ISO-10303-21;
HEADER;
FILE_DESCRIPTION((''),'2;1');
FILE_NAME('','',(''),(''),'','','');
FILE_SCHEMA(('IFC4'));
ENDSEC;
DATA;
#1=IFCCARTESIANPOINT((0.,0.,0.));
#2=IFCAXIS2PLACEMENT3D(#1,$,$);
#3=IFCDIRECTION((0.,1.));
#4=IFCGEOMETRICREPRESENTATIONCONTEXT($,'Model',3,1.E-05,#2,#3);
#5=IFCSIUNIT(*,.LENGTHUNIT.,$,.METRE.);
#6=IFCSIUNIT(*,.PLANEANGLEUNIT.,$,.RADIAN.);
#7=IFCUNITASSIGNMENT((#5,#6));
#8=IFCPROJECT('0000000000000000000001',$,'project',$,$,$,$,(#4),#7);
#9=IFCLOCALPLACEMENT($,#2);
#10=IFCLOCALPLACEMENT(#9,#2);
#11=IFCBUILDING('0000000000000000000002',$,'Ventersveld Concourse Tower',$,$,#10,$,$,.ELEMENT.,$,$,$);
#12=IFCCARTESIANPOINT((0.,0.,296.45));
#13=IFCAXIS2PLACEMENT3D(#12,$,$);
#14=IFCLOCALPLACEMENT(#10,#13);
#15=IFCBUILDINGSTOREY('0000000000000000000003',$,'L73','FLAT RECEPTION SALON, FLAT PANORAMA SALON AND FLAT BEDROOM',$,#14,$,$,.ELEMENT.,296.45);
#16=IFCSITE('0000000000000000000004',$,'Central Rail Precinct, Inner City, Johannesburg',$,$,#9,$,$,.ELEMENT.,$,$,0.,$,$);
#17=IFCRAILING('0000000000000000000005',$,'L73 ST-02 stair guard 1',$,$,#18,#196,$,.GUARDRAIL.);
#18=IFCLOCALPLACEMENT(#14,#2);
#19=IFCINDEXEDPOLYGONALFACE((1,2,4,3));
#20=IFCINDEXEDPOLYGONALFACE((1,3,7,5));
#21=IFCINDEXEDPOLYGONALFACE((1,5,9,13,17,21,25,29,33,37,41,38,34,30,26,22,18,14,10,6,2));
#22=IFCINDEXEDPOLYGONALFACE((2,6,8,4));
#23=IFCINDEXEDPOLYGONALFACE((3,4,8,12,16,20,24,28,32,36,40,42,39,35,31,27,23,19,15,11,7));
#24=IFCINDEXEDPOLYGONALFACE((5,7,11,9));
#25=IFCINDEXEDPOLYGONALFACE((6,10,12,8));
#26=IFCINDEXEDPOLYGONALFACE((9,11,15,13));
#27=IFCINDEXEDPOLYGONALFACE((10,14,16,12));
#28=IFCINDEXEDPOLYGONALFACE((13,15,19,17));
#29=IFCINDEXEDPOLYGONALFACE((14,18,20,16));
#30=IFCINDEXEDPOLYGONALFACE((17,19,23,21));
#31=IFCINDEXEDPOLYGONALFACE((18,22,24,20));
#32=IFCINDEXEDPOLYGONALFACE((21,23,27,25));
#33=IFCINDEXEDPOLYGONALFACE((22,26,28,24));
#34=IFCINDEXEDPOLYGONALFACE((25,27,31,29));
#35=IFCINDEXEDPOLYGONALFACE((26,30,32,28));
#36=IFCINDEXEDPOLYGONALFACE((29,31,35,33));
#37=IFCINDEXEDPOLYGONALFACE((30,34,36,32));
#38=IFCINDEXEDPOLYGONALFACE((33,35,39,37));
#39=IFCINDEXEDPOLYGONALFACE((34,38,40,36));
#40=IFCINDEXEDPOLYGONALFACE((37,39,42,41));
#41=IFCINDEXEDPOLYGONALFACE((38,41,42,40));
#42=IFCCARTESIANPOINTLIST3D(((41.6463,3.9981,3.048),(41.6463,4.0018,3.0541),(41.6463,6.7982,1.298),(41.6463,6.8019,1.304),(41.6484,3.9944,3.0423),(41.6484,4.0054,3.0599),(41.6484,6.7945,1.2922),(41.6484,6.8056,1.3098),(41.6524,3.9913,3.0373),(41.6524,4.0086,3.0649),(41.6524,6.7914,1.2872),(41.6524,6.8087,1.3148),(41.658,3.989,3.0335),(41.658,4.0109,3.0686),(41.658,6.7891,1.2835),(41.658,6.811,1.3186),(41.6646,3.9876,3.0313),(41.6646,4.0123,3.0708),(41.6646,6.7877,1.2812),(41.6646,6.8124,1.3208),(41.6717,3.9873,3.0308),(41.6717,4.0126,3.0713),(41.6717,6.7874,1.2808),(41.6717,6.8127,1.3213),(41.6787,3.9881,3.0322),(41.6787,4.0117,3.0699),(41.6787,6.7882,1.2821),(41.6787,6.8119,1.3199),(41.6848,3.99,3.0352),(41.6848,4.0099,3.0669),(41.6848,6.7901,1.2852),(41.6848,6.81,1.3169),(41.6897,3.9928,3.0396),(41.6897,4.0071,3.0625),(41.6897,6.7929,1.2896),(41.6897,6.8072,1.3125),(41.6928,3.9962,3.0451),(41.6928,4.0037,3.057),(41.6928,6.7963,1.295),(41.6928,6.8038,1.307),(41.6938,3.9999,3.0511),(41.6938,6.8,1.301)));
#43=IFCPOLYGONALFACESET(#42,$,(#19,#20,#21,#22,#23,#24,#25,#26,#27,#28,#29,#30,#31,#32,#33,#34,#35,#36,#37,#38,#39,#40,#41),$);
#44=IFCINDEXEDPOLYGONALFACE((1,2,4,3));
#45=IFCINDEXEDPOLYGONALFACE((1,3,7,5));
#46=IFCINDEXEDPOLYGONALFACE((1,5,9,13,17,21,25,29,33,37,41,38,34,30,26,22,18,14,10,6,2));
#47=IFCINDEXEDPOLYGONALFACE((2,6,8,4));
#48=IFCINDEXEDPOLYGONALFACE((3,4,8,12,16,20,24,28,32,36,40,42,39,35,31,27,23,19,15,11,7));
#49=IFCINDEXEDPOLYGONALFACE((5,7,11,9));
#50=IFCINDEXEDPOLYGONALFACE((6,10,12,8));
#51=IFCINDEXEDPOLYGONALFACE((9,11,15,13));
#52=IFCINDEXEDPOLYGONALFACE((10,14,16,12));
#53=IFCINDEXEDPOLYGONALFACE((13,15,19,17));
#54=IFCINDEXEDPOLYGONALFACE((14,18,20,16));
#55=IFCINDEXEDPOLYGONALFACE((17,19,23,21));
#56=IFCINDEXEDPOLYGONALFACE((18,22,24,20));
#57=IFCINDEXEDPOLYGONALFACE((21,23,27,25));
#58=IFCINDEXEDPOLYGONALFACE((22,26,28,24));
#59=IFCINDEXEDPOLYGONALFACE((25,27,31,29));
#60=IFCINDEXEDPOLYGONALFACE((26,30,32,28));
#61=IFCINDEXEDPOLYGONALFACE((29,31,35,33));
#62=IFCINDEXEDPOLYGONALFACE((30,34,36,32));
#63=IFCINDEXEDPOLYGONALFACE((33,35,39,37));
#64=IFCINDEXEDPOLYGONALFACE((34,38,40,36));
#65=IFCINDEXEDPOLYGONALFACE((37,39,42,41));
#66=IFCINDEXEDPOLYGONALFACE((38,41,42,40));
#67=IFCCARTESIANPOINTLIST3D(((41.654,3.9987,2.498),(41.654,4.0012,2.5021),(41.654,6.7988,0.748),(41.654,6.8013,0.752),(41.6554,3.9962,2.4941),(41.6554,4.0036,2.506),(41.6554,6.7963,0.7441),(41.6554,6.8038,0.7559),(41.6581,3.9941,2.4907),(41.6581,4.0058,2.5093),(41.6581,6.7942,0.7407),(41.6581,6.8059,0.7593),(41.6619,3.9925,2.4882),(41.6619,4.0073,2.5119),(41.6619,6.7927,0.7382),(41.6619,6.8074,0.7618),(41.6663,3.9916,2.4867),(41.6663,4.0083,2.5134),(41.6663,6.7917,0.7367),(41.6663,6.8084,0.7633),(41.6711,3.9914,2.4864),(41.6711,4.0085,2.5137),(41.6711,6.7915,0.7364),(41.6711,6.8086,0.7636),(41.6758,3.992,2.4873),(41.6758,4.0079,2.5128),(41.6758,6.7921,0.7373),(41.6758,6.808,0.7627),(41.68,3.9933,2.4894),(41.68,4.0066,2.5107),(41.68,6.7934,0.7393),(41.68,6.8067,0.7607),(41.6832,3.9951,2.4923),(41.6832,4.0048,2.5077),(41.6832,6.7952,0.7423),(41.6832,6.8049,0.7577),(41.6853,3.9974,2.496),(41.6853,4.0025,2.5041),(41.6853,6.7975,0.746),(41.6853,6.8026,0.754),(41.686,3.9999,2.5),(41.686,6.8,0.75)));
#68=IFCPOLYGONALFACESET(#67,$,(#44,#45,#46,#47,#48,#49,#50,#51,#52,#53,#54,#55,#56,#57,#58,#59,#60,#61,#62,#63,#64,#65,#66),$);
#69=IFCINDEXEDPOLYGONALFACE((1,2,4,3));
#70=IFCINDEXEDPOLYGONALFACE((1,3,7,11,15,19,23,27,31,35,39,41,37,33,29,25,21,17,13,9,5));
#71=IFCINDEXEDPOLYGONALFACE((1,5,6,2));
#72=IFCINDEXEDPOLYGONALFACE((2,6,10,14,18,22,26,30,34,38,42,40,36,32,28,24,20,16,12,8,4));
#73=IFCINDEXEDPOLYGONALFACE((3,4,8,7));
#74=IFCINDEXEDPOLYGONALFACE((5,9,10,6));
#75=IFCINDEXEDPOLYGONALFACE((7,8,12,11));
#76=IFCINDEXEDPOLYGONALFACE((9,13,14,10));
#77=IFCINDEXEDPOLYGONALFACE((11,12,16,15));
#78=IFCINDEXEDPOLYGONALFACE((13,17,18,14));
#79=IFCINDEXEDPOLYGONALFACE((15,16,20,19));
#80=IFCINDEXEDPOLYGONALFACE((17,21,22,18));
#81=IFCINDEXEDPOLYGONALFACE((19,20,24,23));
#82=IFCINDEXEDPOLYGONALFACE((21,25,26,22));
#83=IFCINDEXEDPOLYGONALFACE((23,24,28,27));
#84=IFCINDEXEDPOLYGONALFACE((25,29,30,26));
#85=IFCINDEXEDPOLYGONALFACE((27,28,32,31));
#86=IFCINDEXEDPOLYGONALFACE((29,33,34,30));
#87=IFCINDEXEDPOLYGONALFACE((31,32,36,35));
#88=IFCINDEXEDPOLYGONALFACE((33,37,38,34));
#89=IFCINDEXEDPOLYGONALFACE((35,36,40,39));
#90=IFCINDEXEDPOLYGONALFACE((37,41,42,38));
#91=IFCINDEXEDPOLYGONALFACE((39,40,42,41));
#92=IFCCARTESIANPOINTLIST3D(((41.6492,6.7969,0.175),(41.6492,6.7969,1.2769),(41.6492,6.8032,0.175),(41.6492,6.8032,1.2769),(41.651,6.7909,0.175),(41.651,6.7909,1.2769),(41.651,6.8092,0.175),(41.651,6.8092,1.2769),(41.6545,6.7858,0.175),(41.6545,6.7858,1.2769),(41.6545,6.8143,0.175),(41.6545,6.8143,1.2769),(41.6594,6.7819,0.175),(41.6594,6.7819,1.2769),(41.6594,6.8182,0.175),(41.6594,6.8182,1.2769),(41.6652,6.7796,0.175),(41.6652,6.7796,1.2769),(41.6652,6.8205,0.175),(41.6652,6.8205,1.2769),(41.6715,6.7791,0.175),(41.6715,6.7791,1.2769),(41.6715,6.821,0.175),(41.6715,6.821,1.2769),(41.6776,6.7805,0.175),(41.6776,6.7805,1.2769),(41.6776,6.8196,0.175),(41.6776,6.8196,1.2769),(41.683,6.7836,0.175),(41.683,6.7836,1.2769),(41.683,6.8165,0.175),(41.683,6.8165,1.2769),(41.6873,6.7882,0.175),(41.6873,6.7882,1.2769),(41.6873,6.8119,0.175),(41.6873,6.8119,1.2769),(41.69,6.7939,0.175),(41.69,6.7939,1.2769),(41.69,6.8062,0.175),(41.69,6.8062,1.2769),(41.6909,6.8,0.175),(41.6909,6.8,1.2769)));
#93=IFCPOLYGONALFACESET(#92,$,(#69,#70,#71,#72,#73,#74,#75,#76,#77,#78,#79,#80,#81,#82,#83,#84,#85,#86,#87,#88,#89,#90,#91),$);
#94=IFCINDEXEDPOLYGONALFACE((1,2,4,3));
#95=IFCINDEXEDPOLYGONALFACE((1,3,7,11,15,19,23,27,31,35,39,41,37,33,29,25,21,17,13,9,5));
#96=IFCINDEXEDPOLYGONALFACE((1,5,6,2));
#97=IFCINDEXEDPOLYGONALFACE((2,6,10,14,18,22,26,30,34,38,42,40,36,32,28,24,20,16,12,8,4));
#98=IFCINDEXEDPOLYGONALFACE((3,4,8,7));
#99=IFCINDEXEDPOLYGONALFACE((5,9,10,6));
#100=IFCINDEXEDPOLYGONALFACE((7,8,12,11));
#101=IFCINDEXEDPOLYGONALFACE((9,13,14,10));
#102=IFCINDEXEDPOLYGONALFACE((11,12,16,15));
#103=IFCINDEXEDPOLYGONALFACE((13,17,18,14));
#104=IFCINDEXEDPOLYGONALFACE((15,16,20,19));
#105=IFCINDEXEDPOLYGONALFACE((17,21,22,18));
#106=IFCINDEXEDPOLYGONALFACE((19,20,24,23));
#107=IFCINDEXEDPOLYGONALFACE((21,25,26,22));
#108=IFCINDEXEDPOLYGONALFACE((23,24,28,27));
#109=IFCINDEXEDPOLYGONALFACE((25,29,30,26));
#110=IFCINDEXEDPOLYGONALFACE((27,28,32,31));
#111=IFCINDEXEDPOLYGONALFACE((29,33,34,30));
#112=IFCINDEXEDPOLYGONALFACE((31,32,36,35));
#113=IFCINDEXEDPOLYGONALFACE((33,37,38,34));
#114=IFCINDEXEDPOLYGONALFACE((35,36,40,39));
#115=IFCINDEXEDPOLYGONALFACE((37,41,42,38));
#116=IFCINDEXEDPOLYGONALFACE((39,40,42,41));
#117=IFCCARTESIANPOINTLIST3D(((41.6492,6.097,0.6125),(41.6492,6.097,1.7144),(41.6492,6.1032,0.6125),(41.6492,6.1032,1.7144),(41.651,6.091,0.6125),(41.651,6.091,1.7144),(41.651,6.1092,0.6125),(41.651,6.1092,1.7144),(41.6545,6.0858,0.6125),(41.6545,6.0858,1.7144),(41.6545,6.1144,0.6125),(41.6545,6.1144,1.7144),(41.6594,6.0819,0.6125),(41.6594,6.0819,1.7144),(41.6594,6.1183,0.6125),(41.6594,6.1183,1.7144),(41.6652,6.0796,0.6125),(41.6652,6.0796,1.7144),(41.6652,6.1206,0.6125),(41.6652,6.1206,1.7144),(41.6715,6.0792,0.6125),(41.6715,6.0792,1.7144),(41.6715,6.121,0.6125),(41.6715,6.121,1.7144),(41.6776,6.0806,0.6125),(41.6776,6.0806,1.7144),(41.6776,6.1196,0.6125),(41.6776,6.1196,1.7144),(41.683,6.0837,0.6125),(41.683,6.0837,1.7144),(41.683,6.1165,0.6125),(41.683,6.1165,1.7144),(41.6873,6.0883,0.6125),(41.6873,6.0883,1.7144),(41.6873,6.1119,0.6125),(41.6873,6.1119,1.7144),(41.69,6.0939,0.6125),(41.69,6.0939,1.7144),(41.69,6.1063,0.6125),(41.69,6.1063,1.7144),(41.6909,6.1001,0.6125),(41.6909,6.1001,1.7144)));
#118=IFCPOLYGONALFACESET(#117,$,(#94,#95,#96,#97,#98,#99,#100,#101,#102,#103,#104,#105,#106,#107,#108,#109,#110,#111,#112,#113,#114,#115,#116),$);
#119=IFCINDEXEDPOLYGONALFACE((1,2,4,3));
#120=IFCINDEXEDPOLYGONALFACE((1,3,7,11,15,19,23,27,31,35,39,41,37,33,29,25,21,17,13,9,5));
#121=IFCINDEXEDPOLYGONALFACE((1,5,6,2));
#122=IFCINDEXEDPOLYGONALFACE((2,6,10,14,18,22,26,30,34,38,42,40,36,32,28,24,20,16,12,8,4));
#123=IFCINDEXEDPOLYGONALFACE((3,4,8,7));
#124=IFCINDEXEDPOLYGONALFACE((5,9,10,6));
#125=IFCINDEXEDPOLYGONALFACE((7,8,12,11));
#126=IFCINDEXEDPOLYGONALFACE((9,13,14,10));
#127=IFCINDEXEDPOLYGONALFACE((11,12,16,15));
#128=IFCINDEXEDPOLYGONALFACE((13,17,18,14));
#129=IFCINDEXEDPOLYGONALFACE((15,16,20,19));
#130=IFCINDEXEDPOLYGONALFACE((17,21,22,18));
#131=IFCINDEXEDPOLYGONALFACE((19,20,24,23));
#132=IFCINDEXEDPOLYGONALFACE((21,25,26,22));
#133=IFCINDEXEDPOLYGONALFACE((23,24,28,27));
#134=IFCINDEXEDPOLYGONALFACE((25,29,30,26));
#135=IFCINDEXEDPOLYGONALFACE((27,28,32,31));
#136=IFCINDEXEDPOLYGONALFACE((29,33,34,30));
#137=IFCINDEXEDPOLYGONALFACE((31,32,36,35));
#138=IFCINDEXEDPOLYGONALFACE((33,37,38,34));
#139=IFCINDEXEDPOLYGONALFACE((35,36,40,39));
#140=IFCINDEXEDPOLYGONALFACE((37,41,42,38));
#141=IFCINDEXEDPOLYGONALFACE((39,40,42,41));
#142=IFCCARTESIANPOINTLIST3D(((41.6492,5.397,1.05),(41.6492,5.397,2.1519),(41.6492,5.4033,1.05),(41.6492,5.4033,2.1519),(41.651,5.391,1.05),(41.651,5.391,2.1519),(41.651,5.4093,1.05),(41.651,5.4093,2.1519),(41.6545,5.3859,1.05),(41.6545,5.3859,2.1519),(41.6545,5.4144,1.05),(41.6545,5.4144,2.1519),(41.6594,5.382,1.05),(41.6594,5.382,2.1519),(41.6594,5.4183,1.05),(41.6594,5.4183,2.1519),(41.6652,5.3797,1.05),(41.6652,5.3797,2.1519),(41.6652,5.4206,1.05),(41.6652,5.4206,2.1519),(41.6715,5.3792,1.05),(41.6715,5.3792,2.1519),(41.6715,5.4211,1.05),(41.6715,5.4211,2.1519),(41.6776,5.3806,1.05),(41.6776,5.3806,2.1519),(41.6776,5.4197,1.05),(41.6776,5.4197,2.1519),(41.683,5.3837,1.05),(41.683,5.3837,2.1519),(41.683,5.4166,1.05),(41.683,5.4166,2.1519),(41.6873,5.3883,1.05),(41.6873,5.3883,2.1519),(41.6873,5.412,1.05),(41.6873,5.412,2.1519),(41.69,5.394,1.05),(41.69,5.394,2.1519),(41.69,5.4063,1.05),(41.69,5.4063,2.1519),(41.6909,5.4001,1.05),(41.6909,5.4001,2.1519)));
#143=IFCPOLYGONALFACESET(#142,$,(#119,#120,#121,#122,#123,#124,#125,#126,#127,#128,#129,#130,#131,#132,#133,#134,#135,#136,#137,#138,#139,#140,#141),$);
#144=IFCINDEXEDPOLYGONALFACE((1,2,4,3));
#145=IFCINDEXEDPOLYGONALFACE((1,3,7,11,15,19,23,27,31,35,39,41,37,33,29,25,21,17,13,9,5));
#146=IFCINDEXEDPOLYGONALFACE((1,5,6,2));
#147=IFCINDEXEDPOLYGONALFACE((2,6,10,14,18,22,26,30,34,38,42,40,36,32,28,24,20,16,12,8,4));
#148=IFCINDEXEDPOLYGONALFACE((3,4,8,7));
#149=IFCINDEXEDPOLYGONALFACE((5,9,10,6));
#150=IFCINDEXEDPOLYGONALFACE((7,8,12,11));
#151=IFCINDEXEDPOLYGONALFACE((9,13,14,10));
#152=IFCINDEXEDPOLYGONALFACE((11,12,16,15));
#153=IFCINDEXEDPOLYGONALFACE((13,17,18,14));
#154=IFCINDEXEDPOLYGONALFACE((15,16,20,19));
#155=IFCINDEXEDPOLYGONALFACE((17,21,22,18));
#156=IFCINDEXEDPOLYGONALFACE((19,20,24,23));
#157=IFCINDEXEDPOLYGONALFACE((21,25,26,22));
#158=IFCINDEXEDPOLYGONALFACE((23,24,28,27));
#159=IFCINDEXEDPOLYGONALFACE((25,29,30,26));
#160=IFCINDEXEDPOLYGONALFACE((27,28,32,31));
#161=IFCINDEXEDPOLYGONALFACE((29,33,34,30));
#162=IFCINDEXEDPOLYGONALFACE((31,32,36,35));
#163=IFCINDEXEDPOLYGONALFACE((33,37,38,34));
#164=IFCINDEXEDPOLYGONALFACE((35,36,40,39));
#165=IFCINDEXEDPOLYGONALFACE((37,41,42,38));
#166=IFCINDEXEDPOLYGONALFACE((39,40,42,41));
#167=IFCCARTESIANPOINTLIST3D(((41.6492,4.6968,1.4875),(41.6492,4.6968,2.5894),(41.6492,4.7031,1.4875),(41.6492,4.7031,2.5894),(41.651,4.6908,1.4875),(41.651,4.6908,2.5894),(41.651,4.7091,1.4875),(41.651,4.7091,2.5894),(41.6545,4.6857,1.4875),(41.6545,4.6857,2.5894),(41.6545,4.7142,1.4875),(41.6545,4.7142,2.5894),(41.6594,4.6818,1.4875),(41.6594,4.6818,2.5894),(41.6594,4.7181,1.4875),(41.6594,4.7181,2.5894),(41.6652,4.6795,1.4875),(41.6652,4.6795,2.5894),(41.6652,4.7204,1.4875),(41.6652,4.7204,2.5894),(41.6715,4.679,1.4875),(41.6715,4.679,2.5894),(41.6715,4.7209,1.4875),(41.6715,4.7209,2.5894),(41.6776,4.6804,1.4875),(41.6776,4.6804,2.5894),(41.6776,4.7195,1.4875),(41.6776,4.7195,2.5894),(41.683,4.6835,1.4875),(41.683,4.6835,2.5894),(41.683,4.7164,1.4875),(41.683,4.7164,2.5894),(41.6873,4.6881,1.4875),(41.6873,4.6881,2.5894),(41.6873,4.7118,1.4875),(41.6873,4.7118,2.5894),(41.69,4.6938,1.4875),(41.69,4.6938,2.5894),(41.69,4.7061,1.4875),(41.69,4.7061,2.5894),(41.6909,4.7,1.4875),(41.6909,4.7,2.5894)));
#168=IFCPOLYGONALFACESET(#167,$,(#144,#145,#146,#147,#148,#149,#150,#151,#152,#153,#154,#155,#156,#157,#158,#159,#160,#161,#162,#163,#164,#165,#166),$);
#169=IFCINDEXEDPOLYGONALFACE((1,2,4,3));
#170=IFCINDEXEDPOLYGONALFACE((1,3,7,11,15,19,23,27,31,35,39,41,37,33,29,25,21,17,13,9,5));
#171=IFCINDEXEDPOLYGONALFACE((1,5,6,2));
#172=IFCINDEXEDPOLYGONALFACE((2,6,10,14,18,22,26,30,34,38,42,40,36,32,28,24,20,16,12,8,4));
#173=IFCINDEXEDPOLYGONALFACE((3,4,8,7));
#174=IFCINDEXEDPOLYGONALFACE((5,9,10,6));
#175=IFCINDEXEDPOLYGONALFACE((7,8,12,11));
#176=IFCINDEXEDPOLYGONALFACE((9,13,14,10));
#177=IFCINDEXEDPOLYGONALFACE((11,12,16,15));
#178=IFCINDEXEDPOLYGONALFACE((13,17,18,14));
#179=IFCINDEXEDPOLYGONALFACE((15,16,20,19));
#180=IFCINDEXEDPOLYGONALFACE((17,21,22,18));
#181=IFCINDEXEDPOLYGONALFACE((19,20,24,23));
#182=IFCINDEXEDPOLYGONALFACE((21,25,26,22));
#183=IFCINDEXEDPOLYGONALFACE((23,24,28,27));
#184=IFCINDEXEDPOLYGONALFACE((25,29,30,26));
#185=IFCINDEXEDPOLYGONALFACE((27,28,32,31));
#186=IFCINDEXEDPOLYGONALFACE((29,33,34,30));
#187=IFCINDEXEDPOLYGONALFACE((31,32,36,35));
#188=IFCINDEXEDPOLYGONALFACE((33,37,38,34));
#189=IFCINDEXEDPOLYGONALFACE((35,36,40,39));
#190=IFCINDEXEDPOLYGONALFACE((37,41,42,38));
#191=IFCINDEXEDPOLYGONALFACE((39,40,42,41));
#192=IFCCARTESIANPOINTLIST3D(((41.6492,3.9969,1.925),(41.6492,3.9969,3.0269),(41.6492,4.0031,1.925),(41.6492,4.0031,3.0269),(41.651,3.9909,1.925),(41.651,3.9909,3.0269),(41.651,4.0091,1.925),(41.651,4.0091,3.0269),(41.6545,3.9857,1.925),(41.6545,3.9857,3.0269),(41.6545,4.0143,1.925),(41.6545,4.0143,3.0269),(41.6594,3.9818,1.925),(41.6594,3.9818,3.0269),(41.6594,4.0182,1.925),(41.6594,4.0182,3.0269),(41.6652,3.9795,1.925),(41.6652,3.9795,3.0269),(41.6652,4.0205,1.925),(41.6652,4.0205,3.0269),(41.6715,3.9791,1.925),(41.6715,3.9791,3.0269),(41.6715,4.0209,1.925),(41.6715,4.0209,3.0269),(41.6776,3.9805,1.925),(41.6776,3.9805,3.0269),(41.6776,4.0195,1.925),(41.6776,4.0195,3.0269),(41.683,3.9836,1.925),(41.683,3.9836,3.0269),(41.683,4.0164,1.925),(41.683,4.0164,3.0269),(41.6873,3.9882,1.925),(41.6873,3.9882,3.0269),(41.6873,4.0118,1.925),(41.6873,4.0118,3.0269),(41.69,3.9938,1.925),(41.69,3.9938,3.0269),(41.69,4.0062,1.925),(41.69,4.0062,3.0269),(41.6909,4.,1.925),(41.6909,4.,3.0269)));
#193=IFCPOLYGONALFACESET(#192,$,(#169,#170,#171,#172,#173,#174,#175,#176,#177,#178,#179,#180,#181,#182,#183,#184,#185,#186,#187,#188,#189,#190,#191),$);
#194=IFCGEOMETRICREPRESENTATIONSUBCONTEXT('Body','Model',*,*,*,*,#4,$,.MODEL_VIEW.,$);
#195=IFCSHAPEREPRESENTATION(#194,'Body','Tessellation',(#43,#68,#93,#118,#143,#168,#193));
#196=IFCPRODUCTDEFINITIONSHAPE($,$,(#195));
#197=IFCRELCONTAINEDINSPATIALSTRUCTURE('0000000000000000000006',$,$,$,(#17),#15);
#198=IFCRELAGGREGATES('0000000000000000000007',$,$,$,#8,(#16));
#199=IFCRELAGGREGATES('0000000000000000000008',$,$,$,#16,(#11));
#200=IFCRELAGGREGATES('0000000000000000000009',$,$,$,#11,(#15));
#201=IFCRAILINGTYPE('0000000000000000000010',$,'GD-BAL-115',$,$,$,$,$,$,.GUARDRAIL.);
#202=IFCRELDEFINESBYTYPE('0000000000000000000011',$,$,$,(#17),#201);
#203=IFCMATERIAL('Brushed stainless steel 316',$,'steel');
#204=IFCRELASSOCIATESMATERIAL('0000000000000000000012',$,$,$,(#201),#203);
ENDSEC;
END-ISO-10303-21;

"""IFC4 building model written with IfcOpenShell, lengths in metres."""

from ifc_helpers import new_model, si_unit, direction, frame, origin, origin_2d, place, context, subcontext, project, spatial, circle, extrude, material, type_object, element, save


model = new_model("IFC4")

# Units and contexts
model_context = context("Model", 3, precision=1e-05, world=origin(), true_north=direction((0.0, 1.0)))
body_context = subcontext(model_context, "Body", "Model", "MODEL_VIEW")
ifc_project = project(units=[si_unit("LENGTHUNIT", "METRE"), si_unit("PLANEANGLEUNIT", "RADIAN")], contexts=[model_context])

# Site, building, storey
site_placement = place(None, origin())
site = spatial("IfcSite", under=ifc_project, at=site_placement, Name="Central Rail Precinct, Inner City, Johannesburg", CompositionType="ELEMENT", RefElevation=0.0)
building_placement = place(site_placement, origin())
building = spatial("IfcBuilding", under=site, at=building_placement, Name="Ventersveld Concourse Tower", CompositionType="ELEMENT")
storey_placement = place(building_placement, frame((0.0, 0.0, 296.45)))
storey = spatial("IfcBuildingStorey", under=building, at=storey_placement, Name="L73", Description="FLAT RECEPTION SALON, FLAT PANORAMA SALON AND FLAT BEDROOM", CompositionType="ELEMENT", Elevation=296.45)

# Shared definitions
ifc_material_1 = material(Name="Brushed stainless steel 316", Category="steel")

# Railing
railing_type_1 = type_object("IfcRailingType", Name="GD-BAL-115", PredefinedType="GUARDRAIL", material=ifc_material_1)
railing_1_placement = place(storey_placement, frame((41.6699, 6.8, 0.175)))
element("IfcRailing", 1, at=railing_1_placement, inside=storey, type_object=railing_type_1, Name="L73 ST-02 stair guard 1", PredefinedType="GUARDRAIL", context=body_context, shape_type="SweptSolid", body=[
    extrude(circle(Radius=0.0239, at=origin_2d()), frame((0.0, 0.0, 1.126), z_axis=(0.0, -0.848002, 0.529992), x_axis=(1.0, 0.0, 0.0)), (0.0, 0.0, 1.0), 3.302),
    extrude(circle(Radius=0.0161, at=origin_2d()), frame((0.0, 0.0, 0.575), z_axis=(0.0, -0.848002, 0.529992), x_axis=(1.0, 0.0, 0.0)), (0.0, 0.0, 1.0), 3.302),
    extrude(circle(Radius=0.021, at=origin_2d()), origin(), (0.0, 0.0, 1.0), 1.1018),
    extrude(circle(Radius=0.021, at=origin_2d()), frame((0.0, -0.7, 0.4375)), (0.0, 0.0, 1.0), 1.1018),
    extrude(circle(Radius=0.021, at=origin_2d()), frame((0.0, -1.3999, 0.875)), (0.0, 0.0, 1.0), 1.1018),
    extrude(circle(Radius=0.021, at=origin_2d()), frame((0.0, -2.1001, 1.3125)), (0.0, 0.0, 1.0), 1.1018),
    extrude(circle(Radius=0.021, at=origin_2d()), frame((0.0, -2.8, 1.75)), (0.0, 0.0, 1.0), 1.1018),
])

save(model, "model.ifc")
